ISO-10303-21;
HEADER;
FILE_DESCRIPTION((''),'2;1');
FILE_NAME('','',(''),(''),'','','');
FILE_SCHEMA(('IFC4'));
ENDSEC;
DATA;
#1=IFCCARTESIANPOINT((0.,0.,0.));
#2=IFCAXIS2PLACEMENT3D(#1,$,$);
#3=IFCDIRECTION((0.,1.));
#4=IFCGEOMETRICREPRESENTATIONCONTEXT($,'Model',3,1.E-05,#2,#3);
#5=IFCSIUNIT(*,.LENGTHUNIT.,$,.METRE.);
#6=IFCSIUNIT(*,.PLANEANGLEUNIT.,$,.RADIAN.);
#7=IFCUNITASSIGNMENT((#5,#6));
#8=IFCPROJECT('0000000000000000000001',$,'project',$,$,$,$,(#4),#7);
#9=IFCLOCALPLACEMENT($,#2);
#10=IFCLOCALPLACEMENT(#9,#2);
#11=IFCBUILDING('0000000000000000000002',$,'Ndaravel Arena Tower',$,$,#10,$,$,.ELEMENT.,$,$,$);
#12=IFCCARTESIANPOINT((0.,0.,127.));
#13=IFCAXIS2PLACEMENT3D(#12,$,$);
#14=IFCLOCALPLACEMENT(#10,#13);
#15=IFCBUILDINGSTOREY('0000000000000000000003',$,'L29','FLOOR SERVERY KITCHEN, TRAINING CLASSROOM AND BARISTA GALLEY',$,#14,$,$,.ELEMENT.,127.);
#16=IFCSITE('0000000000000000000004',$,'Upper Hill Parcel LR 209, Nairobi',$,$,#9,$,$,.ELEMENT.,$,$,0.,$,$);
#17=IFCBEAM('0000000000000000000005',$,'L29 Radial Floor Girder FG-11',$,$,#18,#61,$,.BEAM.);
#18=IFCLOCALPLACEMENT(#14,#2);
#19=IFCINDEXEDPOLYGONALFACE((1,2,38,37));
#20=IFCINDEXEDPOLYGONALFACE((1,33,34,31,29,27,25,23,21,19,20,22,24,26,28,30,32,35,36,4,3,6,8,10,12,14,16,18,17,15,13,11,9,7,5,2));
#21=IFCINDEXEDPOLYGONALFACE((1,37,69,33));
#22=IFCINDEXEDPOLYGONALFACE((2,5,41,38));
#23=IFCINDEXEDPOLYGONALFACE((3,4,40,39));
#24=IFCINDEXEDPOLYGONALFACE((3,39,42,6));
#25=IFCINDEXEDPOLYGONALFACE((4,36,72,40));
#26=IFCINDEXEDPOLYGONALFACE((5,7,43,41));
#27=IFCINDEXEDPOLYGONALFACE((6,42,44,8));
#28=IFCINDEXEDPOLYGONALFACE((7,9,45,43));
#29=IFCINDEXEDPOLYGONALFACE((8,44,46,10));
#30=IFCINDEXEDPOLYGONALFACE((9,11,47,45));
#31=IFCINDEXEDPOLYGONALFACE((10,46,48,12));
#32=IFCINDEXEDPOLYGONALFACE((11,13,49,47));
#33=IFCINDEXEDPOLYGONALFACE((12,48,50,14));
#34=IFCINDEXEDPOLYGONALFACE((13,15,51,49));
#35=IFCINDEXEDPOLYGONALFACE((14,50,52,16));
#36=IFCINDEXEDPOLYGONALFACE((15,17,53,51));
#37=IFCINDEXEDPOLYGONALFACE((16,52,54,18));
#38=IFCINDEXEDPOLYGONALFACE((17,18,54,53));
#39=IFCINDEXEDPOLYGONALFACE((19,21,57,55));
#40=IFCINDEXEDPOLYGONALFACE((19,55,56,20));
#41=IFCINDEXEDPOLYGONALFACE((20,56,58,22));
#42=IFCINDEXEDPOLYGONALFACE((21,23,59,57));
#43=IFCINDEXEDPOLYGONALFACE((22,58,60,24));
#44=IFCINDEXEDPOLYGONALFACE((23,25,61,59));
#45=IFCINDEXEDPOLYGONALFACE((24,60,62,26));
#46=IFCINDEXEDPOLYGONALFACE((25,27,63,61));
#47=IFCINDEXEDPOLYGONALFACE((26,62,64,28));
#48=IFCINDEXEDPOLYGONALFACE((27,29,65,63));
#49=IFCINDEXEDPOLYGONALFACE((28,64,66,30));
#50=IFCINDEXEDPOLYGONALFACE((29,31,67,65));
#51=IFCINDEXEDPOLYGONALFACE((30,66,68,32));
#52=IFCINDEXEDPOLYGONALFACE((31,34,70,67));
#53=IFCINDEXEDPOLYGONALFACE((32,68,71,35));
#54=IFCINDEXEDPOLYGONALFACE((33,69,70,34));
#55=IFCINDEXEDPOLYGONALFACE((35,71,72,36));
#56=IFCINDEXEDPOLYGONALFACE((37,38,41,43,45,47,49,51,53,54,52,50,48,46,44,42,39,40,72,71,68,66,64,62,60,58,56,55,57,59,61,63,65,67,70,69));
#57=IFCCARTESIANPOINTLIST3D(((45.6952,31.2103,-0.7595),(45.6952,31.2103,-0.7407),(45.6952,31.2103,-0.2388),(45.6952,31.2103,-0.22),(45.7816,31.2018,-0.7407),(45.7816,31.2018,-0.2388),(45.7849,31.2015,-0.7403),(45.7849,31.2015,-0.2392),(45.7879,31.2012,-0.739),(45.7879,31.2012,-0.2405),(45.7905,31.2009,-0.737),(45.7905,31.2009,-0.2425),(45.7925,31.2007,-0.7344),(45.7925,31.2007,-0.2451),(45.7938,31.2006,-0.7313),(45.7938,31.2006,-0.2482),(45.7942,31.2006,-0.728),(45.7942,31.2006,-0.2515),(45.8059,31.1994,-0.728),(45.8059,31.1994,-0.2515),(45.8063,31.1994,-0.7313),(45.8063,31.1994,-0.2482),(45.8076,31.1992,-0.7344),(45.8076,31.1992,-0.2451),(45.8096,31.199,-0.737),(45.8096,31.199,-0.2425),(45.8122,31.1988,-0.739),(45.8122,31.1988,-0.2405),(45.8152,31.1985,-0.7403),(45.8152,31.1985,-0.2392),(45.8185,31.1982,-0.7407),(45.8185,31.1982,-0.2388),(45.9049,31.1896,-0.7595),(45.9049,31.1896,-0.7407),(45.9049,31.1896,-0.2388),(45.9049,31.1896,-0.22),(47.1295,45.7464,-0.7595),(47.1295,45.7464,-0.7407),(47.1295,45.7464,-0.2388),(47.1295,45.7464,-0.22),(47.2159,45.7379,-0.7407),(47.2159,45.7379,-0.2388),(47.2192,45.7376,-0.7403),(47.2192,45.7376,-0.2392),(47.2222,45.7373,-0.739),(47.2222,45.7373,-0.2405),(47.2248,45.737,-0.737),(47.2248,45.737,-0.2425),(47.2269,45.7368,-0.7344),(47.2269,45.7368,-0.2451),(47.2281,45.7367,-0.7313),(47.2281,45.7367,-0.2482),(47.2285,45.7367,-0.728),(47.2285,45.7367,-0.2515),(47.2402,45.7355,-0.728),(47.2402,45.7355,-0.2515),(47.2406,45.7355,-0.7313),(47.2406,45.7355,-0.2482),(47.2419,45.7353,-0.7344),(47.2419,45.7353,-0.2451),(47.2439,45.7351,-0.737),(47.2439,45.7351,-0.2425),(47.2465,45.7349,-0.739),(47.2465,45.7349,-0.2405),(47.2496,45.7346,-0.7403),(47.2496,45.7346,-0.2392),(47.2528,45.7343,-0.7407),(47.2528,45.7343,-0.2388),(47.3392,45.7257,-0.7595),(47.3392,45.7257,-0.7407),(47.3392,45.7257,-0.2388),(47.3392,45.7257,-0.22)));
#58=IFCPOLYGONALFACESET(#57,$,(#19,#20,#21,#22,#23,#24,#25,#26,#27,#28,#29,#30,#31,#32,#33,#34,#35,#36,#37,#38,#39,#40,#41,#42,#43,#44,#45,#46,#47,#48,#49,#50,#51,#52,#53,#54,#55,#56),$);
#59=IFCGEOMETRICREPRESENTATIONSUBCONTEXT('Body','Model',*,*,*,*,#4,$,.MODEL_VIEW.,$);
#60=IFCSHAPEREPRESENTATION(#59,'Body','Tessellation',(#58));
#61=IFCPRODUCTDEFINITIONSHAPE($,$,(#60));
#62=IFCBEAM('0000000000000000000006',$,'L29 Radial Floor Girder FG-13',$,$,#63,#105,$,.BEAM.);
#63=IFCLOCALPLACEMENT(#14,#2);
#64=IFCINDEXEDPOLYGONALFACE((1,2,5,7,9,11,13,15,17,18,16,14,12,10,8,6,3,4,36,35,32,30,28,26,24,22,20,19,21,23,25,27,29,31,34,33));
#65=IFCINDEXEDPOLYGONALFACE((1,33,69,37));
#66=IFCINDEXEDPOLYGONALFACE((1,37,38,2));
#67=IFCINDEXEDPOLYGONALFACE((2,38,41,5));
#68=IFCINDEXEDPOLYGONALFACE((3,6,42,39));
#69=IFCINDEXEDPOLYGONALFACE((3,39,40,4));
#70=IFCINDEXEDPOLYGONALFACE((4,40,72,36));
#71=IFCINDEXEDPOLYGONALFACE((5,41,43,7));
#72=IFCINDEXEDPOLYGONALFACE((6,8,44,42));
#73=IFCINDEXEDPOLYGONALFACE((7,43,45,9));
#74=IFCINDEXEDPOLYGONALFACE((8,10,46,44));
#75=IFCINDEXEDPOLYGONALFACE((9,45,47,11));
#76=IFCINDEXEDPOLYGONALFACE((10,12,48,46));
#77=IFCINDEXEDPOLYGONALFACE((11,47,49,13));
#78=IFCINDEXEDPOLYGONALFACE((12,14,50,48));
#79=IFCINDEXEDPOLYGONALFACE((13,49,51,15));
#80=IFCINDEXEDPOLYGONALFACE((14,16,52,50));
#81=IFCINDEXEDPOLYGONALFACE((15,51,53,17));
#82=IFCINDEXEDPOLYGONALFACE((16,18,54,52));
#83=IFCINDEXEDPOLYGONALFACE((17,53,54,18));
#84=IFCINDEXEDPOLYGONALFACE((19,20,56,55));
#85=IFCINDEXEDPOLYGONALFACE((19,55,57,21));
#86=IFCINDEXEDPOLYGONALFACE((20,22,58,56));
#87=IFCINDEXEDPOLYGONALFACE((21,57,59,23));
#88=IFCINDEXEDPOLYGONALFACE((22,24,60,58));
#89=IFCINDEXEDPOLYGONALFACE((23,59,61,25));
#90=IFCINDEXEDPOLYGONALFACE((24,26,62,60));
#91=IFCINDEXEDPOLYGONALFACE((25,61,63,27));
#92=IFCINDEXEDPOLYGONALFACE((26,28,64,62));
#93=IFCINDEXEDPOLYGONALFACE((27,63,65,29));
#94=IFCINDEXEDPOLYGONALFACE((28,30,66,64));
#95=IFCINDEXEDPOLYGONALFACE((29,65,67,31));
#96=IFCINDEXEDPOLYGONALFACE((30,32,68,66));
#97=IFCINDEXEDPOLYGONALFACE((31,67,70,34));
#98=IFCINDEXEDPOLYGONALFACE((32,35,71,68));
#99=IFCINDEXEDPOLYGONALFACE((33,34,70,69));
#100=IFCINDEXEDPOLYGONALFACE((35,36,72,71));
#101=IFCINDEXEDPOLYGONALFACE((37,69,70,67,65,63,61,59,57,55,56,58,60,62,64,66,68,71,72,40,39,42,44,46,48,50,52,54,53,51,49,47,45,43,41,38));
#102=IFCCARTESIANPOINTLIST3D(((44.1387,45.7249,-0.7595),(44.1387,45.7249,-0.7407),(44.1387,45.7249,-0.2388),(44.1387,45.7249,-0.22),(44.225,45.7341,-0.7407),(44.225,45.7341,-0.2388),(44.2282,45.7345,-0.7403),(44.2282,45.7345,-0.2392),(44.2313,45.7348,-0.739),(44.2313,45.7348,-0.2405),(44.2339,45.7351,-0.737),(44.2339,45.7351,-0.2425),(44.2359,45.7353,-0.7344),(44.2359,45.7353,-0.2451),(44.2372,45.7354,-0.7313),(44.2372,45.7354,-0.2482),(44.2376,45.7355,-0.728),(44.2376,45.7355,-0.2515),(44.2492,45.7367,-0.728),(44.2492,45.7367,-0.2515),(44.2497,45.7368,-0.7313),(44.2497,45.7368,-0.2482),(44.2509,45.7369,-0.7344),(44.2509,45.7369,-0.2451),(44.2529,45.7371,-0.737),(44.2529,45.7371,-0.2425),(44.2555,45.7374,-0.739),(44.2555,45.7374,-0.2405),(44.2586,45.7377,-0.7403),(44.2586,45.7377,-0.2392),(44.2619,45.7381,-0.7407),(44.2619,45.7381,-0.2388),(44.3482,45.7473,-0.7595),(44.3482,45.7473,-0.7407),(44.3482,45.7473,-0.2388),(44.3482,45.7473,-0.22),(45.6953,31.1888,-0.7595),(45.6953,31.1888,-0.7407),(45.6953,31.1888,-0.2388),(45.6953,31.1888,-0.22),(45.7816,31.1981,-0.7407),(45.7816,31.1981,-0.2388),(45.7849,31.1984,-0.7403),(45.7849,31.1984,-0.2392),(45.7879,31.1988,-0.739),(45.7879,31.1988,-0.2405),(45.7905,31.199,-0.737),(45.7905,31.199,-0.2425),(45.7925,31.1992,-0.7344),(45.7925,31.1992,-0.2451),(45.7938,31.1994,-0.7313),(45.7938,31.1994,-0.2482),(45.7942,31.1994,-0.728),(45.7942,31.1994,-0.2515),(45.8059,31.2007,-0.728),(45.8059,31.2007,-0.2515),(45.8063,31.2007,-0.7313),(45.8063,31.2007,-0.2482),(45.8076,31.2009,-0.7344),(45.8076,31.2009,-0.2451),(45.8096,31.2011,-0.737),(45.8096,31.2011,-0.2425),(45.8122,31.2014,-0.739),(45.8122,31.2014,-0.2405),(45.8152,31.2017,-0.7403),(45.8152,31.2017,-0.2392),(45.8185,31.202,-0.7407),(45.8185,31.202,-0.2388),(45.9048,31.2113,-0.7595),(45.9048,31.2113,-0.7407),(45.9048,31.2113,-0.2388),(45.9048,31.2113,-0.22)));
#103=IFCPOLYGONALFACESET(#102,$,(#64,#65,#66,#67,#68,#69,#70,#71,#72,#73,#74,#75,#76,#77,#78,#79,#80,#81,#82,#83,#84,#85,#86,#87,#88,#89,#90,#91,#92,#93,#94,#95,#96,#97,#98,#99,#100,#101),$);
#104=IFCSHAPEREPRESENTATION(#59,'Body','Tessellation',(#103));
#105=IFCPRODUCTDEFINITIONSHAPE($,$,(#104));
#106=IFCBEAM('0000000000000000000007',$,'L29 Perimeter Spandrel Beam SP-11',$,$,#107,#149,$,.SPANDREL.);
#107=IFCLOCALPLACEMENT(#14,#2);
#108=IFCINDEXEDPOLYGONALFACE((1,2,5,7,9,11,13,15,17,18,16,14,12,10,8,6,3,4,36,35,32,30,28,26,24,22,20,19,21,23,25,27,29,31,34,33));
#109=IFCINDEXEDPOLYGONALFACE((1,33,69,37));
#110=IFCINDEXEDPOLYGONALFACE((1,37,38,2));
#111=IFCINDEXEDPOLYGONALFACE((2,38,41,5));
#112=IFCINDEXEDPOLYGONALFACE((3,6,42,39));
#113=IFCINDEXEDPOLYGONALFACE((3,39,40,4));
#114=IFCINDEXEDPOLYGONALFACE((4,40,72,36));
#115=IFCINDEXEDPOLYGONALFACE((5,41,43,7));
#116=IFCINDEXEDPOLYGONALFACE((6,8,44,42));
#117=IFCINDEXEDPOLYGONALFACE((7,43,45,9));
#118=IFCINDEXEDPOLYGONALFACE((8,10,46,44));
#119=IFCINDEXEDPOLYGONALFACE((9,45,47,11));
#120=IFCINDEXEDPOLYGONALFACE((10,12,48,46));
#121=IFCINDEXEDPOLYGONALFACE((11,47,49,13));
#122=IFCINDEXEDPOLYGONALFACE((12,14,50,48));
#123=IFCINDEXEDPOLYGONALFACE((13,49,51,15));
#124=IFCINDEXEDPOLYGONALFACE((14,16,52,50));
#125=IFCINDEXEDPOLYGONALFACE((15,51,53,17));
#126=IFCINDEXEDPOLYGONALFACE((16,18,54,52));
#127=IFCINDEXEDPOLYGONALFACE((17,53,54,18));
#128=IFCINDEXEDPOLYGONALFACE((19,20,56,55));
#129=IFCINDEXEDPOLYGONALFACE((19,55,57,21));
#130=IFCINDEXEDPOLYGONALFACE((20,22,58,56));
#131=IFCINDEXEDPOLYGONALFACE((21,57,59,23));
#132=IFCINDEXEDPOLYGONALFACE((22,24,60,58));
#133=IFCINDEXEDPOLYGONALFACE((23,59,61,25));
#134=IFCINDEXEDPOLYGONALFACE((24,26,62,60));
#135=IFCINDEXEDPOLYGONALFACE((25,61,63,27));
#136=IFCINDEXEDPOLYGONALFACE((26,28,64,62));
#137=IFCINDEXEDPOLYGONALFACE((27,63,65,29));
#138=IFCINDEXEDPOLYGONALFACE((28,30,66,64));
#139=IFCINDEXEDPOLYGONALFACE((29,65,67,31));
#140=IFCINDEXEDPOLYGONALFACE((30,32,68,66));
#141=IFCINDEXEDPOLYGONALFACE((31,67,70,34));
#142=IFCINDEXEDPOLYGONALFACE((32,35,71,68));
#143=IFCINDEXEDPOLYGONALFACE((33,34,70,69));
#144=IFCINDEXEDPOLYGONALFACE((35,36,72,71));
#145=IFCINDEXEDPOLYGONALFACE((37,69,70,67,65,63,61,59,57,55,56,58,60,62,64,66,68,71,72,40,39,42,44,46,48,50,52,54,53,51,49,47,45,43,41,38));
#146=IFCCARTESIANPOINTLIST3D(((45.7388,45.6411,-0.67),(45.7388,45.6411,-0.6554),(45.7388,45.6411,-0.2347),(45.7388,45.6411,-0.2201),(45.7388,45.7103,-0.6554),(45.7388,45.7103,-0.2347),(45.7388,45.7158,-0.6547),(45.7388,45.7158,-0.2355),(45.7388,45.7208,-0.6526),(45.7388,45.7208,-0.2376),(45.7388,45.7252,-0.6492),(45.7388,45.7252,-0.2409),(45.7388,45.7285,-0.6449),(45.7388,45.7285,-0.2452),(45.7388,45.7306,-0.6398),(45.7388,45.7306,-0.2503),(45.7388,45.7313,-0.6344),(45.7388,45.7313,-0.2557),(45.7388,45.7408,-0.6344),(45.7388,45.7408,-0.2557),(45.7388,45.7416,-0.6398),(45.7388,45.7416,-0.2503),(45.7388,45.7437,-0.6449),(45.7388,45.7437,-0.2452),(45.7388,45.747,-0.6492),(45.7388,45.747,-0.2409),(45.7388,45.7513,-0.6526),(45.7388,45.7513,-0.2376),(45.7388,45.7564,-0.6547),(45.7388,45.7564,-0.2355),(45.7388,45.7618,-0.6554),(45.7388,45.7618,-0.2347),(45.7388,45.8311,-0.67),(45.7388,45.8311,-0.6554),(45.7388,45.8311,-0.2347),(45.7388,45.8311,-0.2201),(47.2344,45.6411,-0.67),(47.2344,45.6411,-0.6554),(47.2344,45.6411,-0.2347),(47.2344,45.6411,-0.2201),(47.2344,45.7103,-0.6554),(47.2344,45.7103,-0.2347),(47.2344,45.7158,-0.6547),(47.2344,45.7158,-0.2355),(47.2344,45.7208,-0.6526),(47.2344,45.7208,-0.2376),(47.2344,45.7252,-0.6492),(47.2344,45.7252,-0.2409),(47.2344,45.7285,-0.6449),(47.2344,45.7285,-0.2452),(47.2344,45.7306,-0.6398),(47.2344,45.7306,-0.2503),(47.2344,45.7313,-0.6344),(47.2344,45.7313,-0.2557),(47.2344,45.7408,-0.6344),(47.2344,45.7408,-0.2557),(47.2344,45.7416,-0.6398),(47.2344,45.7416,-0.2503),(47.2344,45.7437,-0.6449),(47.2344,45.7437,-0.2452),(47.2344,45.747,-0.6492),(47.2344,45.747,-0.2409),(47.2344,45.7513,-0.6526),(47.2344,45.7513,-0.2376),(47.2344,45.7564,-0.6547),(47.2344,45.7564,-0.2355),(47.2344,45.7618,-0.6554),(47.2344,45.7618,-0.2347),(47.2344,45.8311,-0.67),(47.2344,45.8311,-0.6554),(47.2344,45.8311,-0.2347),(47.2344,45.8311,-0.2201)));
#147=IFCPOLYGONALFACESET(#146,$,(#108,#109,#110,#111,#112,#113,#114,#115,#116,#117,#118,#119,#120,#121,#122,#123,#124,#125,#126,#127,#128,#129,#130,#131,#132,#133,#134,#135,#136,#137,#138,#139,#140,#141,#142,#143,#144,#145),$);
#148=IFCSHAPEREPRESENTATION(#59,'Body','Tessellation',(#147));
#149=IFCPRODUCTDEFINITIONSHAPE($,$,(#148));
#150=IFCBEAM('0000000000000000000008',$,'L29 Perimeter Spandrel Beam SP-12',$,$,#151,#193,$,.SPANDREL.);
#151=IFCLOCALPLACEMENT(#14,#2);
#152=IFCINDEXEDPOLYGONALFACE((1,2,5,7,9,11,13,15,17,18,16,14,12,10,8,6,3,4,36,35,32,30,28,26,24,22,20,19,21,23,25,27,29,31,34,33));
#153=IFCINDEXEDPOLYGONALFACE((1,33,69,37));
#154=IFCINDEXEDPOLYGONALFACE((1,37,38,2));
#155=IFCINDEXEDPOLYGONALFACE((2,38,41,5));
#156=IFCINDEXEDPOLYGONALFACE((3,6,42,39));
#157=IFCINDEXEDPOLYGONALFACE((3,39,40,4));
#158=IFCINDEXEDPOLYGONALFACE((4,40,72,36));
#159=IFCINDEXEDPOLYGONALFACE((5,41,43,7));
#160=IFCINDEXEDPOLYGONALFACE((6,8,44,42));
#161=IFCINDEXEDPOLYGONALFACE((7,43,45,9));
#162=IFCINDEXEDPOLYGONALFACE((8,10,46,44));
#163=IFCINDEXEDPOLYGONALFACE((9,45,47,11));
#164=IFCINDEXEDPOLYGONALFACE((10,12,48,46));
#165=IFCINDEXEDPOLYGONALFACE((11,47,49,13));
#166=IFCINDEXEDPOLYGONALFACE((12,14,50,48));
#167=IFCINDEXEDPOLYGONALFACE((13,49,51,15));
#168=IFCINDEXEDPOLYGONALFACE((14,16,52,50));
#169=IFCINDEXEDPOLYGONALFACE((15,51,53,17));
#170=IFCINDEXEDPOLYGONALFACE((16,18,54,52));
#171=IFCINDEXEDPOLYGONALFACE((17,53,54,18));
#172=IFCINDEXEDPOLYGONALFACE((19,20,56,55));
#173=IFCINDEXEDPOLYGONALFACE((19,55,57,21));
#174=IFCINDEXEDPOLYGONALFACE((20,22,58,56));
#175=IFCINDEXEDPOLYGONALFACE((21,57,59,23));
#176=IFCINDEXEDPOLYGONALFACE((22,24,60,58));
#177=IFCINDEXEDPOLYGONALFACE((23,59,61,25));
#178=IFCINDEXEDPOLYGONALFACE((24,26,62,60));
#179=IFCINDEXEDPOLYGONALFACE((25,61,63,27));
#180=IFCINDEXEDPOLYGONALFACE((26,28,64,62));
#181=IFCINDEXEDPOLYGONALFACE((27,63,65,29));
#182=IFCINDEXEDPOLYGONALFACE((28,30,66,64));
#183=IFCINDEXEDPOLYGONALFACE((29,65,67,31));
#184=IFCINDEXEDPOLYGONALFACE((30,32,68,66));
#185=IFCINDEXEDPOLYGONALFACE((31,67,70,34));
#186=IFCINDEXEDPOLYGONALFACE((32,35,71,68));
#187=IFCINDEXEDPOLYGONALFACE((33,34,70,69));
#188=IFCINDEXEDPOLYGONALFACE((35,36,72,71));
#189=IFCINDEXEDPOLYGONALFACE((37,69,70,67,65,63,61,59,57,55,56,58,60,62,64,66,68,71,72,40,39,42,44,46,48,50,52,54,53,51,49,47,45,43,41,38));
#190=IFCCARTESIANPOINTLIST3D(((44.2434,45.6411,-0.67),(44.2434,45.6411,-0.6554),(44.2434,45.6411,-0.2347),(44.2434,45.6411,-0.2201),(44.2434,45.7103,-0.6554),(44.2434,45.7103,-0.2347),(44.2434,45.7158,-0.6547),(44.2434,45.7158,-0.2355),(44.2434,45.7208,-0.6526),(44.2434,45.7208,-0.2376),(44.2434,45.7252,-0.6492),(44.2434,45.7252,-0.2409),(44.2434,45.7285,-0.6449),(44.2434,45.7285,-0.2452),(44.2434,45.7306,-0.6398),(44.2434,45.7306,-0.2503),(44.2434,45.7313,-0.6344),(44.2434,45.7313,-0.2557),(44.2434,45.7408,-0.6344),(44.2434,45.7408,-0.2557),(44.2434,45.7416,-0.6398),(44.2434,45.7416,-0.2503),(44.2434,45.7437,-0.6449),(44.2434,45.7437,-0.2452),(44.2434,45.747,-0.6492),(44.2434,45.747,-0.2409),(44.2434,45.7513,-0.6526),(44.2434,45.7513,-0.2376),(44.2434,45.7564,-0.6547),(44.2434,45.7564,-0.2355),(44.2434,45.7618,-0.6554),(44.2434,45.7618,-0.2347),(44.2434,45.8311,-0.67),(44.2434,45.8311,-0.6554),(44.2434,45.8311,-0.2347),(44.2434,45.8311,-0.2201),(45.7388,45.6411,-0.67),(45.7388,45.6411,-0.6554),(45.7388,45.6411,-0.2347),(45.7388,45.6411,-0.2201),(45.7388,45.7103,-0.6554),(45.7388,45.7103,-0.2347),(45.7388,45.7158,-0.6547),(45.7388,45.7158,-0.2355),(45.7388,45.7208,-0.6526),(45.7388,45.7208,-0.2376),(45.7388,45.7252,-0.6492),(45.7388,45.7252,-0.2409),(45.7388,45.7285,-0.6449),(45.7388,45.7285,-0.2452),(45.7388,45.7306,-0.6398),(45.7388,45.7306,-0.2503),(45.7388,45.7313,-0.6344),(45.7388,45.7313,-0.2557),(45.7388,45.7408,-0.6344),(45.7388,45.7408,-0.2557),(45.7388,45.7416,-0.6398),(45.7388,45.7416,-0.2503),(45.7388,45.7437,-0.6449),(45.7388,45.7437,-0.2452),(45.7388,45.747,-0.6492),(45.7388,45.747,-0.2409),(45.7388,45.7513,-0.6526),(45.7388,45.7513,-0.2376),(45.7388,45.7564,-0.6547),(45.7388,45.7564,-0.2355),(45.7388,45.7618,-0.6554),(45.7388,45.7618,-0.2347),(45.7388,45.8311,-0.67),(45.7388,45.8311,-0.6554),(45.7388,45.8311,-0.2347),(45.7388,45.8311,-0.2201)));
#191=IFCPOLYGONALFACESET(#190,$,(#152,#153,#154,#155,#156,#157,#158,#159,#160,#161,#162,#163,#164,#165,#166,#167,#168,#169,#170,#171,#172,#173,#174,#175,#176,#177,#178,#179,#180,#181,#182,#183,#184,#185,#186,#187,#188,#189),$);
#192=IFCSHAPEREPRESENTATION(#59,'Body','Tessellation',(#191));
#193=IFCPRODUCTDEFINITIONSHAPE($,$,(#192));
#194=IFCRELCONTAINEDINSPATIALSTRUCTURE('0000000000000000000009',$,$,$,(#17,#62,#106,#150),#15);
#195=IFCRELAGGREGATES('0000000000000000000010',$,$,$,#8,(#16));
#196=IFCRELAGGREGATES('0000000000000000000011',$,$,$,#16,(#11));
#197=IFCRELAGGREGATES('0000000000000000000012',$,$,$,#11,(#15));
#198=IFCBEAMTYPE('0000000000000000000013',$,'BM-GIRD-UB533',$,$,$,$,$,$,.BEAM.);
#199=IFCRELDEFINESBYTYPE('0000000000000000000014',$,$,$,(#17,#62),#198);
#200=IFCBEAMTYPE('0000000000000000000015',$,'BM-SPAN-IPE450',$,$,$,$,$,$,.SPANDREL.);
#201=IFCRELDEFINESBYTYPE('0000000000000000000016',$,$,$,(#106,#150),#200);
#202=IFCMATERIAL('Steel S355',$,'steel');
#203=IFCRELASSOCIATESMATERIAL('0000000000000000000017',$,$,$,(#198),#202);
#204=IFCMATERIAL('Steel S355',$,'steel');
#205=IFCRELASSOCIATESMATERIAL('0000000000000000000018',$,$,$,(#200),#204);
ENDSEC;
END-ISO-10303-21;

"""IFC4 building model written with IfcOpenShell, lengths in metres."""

from ifc_helpers import new_model, si_unit, direction, frame, origin, origin_2d, place, context, subcontext, project, spatial, i_section, extrude, material, material_profile, profile_set, type_object, element, save


model = new_model("IFC4")

# Units and contexts
model_context = context("Model", 3, precision=1e-05, world=origin(), true_north=direction((0.0, 1.0)))
body_context = subcontext(model_context, "Body", "Model", "MODEL_VIEW")
ifc_project = project(units=[si_unit("LENGTHUNIT", "METRE"), si_unit("PLANEANGLEUNIT", "RADIAN")], contexts=[model_context])

# Site, building, storey
site_placement = place(None, origin())
site = spatial("IfcSite", under=ifc_project, at=site_placement, Name="Upper Hill Parcel LR 209, Nairobi", CompositionType="ELEMENT", RefElevation=0.0)
building_placement = place(site_placement, origin())
building = spatial("IfcBuilding", under=site, at=building_placement, Name="Ndaravel Arena Tower", CompositionType="ELEMENT")
storey_placement = place(building_placement, frame((0.0, 0.0, 127.0)))
storey = spatial("IfcBuildingStorey", under=building, at=storey_placement, Name="L29", Description="FLOOR SERVERY KITCHEN, TRAINING CLASSROOM AND BARISTA GALLEY", CompositionType="ELEMENT", Elevation=127.0)

# Beams
ifc_material_1 = material(Name="Steel S355", Category="steel")
ifc_material_profile_1 = material_profile(ifc_material_1, i_section(OverallWidth=0.2107, OverallDepth=0.5396, WebThickness=0.0117, FlangeThickness=0.0188, FilletRadius=0.0127, at=origin_2d()), Name="UB 533x210x109")
ifc_profile_set_1 = profile_set([ifc_material_profile_1], Name="Steel S355")
beam_type_1 = type_object("IfcBeamType", Name="BM-GIRD-UB533", PredefinedType="BEAM", material=ifc_profile_set_1)
beam_1_placement = place(storey_placement, frame((47.2344, 45.7361, -0.4897), z_axis=(-0.098196, -0.995167, 0.0), x_axis=(0.995167, -0.098196, 0.0)))
element("IfcBeam", 1, at=beam_1_placement, inside=storey, type_object=beam_type_1, Name="L29 Radial Floor Girder FG-11", PredefinedType="BEAM", context=body_context, shape_type="SweptSolid", body=[
    extrude(i_section(OverallWidth=0.2107, OverallDepth=0.5396, WebThickness=0.0117, FlangeThickness=0.0188, FilletRadius=0.0127, at=origin_2d()), origin(), (0.0, 0.0, 1.0), 14.6067),
])
beam_2_placement = place(storey_placement, frame((44.2434, 45.7361, -0.4897), z_axis=(0.106479, -0.994315, 0.0), x_axis=(0.994315, 0.106479, 0.0)))
element("IfcBeam", 2, at=beam_2_placement, inside=storey, type_object=beam_type_1, Name="L29 Radial Floor Girder FG-13", PredefinedType="BEAM", context=body_context, shape_type="SweptSolid", body=[
    extrude(i_section(OverallWidth=0.2107, OverallDepth=0.5396, WebThickness=0.0117, FlangeThickness=0.0188, FilletRadius=0.0127, at=origin_2d()), origin(), (0.0, 0.0, 1.0), 14.6191),
])
ifc_material_2 = material(Name="Steel S355", Category="steel")
ifc_material_profile_2 = material_profile(ifc_material_2, i_section(OverallWidth=0.1899, OverallDepth=0.45, WebThickness=0.0095, FlangeThickness=0.0146, FilletRadius=0.021, at=origin_2d()), Name="IPE 450")
ifc_profile_set_2 = profile_set([ifc_material_profile_2], Name="Steel S355")
beam_type_2 = type_object("IfcBeamType", Name="BM-SPAN-IPE450", PredefinedType="SPANDREL", material=ifc_profile_set_2)
beam_3_placement = place(storey_placement, frame((47.2344, 45.7361, -0.4451), z_axis=(-1.0, 0.0, 0.0), x_axis=(0.0, -1.0, 0.0)))
element("IfcBeam", 3, at=beam_3_placement, inside=storey, type_object=beam_type_2, Name="L29 Perimeter Spandrel Beam SP-11", PredefinedType="SPANDREL", context=body_context, shape_type="SweptSolid", body=[
    extrude(i_section(OverallWidth=0.1899, OverallDepth=0.45, WebThickness=0.0095, FlangeThickness=0.0146, FilletRadius=0.021, at=origin_2d()), origin(), (0.0, 0.0, 1.0), 1.4956),
])
beam_4_placement = place(storey_placement, frame((45.7388, 45.7361, -0.4451), z_axis=(-1.0, 0.0, 0.0), x_axis=(0.0, -1.0, 0.0)))
element("IfcBeam", 4, at=beam_4_placement, inside=storey, type_object=beam_type_2, Name="L29 Perimeter Spandrel Beam SP-12", PredefinedType="SPANDREL", context=body_context, shape_type="SweptSolid", body=[
    extrude(i_section(OverallWidth=0.1899, OverallDepth=0.45, WebThickness=0.0095, FlangeThickness=0.0146, FilletRadius=0.021, at=origin_2d()), origin(), (0.0, 0.0, 1.0), 1.4954),
])

save(model, "model.ifc")
